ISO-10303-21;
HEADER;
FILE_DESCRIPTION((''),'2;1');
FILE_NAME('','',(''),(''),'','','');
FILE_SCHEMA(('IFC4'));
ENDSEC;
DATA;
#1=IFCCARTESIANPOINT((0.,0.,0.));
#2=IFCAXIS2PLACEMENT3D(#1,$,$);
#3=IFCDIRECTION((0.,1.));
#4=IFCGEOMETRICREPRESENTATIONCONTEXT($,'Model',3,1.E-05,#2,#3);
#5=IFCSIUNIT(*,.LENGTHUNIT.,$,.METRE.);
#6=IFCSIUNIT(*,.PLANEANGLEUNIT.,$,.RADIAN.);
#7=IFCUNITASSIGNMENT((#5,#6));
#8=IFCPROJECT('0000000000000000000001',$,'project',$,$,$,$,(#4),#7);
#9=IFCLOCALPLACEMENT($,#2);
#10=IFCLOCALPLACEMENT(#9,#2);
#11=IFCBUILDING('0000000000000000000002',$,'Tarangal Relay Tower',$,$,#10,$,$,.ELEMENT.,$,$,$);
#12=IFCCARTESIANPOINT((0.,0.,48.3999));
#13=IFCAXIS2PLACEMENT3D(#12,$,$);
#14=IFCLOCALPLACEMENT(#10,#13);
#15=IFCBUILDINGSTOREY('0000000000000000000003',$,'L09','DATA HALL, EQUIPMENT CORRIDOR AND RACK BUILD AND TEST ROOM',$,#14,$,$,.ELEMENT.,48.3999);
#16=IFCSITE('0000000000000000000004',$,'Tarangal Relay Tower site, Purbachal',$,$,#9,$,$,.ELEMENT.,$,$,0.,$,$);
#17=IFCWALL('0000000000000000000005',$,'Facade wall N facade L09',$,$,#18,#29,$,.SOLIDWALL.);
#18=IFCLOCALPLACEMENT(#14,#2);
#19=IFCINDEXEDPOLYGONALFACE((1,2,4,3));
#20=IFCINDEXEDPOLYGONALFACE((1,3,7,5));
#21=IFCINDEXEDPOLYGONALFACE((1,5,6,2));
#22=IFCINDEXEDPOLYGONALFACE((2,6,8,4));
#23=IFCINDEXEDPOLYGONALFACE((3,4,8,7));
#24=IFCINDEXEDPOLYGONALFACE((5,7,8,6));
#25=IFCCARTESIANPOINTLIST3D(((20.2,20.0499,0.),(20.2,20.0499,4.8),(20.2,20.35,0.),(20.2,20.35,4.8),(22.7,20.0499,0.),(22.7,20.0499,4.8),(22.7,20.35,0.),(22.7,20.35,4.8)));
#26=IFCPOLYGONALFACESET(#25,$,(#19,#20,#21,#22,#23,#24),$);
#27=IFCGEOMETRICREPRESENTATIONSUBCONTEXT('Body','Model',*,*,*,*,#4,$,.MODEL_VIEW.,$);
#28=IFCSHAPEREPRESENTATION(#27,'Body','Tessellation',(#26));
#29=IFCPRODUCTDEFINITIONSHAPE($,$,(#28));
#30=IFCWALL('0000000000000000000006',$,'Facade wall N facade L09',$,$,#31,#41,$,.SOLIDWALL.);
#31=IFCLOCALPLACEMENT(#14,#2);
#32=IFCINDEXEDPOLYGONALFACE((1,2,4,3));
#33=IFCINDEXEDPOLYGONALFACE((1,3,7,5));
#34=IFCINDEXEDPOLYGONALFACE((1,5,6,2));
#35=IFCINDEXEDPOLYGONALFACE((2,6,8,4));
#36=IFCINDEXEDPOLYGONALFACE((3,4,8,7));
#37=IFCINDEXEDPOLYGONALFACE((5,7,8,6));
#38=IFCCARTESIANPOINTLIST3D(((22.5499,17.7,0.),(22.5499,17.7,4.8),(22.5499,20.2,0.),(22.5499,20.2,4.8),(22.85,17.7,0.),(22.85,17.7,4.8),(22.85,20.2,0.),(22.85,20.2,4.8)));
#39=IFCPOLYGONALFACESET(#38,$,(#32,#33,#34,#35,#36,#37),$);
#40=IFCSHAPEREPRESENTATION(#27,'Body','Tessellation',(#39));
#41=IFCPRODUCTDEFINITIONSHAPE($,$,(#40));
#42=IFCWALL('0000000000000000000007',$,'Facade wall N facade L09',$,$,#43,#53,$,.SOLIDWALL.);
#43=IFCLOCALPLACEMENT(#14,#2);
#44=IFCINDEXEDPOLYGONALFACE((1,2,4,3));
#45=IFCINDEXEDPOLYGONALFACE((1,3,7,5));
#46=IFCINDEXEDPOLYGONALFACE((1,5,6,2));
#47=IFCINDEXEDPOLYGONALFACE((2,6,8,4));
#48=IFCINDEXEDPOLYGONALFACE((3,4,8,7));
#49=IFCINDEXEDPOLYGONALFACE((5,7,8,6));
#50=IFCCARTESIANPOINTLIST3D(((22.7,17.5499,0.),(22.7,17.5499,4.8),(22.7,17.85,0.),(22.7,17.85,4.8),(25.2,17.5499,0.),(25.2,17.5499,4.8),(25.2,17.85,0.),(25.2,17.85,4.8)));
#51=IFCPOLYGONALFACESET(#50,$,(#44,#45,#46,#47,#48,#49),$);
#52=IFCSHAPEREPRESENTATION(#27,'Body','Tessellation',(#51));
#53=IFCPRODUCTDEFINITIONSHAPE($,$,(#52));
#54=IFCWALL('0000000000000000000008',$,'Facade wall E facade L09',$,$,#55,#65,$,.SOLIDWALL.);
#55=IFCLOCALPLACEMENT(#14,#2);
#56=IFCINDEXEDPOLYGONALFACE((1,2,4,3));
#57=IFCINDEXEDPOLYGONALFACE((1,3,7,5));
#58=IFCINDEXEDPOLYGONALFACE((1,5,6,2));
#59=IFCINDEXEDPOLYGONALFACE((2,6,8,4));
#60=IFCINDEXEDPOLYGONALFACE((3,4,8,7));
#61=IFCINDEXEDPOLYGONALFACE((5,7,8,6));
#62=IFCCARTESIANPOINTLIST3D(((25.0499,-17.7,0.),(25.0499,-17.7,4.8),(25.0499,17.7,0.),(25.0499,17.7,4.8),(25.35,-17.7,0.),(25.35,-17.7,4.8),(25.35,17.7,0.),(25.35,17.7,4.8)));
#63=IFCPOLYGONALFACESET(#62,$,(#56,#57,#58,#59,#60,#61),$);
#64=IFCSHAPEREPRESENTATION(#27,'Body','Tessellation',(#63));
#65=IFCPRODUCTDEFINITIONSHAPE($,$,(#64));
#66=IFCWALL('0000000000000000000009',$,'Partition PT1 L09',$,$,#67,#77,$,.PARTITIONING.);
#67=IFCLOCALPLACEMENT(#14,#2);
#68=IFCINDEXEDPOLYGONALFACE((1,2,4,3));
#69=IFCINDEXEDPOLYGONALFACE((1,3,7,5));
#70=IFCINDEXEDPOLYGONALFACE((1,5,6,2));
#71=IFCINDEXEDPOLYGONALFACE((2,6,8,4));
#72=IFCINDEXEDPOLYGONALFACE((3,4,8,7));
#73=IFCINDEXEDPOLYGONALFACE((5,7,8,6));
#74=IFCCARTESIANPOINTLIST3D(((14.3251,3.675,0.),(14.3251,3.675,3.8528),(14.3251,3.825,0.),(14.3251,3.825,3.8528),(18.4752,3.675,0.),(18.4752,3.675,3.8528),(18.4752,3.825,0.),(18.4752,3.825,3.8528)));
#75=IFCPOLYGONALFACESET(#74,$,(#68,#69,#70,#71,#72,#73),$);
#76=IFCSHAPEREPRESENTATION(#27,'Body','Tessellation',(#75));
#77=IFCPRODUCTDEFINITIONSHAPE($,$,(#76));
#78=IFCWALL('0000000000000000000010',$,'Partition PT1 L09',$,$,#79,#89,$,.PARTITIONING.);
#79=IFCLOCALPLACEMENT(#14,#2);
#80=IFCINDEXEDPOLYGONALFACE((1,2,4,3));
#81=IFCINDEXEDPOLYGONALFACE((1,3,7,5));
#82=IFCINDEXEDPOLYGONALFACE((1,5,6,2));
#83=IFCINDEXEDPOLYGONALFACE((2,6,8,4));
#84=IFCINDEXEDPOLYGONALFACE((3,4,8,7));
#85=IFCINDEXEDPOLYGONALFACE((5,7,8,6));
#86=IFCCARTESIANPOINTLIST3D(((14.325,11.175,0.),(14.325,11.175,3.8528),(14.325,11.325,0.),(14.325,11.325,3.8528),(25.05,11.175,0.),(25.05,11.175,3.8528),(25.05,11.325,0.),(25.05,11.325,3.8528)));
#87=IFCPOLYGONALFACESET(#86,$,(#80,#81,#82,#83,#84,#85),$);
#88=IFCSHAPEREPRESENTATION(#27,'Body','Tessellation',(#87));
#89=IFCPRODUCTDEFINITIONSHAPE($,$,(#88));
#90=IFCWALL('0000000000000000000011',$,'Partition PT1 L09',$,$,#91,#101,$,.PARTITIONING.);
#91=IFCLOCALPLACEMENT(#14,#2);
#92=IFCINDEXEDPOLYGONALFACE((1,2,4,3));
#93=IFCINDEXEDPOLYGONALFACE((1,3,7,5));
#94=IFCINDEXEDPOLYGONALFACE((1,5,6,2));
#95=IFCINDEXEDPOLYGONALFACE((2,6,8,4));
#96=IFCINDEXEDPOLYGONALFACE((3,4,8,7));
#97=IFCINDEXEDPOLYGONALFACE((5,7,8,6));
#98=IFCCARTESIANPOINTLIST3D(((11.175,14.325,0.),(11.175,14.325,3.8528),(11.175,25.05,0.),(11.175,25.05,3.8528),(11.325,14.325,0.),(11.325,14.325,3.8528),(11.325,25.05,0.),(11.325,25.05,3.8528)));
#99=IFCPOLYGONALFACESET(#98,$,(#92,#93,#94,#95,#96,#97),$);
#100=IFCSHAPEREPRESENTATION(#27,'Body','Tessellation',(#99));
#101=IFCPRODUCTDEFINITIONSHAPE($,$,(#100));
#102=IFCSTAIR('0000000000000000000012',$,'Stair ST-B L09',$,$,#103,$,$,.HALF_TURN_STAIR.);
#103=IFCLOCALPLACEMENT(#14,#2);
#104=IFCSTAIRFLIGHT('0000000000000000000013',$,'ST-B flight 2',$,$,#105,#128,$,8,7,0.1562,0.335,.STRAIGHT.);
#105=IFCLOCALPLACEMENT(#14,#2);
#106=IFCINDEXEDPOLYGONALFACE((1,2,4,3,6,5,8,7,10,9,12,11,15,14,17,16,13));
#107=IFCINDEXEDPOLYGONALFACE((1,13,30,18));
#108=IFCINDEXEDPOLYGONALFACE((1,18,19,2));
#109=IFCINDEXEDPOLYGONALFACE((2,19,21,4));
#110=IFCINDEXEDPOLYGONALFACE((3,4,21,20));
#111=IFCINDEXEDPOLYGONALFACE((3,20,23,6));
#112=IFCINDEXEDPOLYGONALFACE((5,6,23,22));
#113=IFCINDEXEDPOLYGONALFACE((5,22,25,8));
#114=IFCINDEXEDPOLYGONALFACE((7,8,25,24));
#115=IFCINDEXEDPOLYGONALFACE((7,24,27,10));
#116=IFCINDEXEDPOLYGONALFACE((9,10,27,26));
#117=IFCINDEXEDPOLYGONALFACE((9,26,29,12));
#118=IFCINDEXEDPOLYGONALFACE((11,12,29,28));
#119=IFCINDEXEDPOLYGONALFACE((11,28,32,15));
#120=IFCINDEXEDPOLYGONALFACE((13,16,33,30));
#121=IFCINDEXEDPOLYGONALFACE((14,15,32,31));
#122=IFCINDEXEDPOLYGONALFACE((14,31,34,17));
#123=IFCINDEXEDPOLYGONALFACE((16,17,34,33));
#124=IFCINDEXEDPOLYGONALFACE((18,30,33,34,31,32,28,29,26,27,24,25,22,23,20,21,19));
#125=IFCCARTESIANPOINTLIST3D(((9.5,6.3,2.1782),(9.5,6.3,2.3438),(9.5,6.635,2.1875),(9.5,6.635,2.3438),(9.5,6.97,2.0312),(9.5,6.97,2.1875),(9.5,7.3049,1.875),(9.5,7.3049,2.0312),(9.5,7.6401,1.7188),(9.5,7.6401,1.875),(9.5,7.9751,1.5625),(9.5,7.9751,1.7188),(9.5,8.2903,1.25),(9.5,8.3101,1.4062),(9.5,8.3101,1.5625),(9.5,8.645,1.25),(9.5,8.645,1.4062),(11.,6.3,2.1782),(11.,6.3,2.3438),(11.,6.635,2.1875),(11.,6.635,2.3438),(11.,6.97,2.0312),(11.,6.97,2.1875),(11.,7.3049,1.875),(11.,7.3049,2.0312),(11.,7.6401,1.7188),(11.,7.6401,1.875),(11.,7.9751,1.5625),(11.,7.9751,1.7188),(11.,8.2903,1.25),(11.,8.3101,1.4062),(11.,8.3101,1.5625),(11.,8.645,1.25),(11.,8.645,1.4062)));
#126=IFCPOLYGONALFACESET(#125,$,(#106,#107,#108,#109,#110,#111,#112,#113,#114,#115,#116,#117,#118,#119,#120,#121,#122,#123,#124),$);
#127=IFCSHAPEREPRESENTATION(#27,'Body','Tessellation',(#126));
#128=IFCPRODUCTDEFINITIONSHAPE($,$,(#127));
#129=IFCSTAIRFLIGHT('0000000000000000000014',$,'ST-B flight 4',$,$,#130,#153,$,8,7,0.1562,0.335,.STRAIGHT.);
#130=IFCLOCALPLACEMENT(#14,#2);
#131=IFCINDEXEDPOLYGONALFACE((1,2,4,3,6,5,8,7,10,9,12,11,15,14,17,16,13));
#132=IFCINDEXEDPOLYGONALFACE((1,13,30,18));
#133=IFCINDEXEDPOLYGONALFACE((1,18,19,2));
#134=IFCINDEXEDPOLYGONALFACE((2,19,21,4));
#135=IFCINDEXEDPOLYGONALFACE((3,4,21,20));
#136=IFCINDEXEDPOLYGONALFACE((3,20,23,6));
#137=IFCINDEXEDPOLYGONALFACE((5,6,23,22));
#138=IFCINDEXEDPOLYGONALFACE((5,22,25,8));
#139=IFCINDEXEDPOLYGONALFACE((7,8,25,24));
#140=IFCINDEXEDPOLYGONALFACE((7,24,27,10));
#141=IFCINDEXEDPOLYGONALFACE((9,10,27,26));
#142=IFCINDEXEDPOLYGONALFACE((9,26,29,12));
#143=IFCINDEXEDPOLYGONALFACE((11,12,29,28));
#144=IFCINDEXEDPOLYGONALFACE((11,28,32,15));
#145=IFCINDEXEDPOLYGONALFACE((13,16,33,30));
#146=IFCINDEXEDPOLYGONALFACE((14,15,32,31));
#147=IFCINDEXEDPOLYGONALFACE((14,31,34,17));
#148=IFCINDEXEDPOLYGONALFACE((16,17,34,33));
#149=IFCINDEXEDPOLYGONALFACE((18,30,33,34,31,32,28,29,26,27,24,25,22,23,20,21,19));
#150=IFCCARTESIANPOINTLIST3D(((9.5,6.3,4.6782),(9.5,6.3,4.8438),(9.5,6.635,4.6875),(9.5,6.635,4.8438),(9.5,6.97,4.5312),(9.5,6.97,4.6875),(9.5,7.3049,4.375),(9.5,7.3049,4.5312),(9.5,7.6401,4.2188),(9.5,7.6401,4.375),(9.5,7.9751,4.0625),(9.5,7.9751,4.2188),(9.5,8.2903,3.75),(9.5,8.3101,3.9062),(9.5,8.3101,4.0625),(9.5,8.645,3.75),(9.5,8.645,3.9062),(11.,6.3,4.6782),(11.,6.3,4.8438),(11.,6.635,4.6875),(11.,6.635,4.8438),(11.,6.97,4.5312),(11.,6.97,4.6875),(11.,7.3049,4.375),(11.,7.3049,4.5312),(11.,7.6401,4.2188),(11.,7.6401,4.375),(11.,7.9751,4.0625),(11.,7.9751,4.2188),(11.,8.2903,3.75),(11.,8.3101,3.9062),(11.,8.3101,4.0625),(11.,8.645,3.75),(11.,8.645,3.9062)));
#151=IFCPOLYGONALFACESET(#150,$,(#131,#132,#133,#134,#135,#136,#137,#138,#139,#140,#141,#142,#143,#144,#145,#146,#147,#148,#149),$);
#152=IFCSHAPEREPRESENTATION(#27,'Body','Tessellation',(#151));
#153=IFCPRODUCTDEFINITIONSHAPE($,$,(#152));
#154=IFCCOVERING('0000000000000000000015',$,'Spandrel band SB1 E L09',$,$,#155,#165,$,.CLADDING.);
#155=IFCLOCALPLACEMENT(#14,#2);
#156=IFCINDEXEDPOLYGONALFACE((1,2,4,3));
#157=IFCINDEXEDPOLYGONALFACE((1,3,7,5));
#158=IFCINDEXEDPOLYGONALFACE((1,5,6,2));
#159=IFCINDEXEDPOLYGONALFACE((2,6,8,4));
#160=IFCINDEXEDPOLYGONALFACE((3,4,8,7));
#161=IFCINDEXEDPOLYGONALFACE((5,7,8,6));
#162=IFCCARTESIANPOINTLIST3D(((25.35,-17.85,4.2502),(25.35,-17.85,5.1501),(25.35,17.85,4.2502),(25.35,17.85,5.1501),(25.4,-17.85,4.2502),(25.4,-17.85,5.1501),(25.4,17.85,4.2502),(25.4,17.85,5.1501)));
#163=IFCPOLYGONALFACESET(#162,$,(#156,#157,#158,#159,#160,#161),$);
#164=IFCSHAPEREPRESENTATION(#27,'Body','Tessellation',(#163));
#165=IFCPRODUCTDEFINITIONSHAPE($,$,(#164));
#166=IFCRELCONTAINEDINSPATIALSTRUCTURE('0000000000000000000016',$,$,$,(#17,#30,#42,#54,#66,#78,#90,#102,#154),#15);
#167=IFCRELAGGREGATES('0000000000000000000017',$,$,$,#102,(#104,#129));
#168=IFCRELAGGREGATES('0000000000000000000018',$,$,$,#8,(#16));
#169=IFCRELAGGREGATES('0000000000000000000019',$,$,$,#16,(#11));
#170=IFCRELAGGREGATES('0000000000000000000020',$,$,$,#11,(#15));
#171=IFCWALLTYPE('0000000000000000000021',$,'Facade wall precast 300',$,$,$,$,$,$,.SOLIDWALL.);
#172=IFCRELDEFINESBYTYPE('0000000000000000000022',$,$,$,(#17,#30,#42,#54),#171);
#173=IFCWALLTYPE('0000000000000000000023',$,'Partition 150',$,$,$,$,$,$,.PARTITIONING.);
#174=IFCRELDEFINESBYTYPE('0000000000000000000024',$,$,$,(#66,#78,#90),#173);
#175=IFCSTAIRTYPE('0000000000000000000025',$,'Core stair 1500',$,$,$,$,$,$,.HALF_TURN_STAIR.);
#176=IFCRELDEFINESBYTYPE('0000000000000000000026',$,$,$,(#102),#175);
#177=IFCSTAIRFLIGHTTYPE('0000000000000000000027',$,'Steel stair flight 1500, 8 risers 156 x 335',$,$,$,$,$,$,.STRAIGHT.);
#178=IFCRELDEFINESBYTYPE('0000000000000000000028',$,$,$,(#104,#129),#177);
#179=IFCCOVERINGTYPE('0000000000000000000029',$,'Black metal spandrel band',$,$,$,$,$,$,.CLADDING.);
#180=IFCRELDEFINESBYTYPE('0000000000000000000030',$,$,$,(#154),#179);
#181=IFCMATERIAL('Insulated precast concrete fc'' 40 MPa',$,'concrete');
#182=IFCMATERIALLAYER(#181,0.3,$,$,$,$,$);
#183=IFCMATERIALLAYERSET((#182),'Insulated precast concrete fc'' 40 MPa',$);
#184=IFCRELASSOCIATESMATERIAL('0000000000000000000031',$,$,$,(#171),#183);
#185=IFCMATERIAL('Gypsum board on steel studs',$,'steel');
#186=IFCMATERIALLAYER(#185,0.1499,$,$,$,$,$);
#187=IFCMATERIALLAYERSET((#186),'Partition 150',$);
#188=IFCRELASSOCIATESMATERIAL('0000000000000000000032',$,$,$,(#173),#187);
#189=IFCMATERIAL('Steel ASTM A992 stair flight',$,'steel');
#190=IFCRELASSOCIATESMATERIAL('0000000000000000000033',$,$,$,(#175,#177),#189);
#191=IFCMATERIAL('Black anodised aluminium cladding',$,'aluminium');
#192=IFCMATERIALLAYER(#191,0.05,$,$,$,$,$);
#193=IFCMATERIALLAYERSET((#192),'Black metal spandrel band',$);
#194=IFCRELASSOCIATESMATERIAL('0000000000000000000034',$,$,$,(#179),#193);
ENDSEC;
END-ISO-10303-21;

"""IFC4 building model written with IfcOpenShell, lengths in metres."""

from ifc_helpers import new_model, si_unit, direction, frame, frame_2d, origin, origin_2d, place, context, subcontext, project, spatial, polyline, rectangle, outline, extrude, material, layer, layer_set, type_object, element, aggregate, save


model = new_model("IFC4")

# Units and contexts
model_context = context("Model", 3, precision=1e-05, world=origin(), true_north=direction((0.0, 1.0)))
body_context = subcontext(model_context, "Body", "Model", "MODEL_VIEW")
ifc_project = project(units=[si_unit("LENGTHUNIT", "METRE"), si_unit("PLANEANGLEUNIT", "RADIAN")], contexts=[model_context])

# Site, building, storey
site_placement = place(None, origin())
site = spatial("IfcSite", under=ifc_project, at=site_placement, Name="Tarangal Relay Tower site, Purbachal", CompositionType="ELEMENT", RefElevation=0.0)
building_placement = place(site_placement, origin())
building = spatial("IfcBuilding", under=site, at=building_placement, Name="Tarangal Relay Tower", CompositionType="ELEMENT")
storey_placement = place(building_placement, frame((0.0, 0.0, 48.3999)))
storey = spatial("IfcBuildingStorey", under=building, at=storey_placement, Name="L09", Description="DATA HALL, EQUIPMENT CORRIDOR AND RACK BUILD AND TEST ROOM", CompositionType="ELEMENT", Elevation=48.3999)

# Shared definitions
ifc_material_1 = material(Name="Insulated precast concrete fc' 40 MPa", Category="concrete")
ifc_layer_1 = layer(ifc_material_1, 0.3)
ifc_layer_set_1 = layer_set([ifc_layer_1], Name="Insulated precast concrete fc' 40 MPa")
wall_type_1 = type_object("IfcWallType", Name="Facade wall precast 300", PredefinedType="SOLIDWALL", material=ifc_layer_set_1)

# Walls
for number, where, z_axis, x_axis, name in (
    (1, (20.2, 20.2, 0.0), (0.0, 0.0, 1.0), (1.0, 0.0, 0.0), "Facade wall N facade L09"),
    (2, (22.7, 20.2, 0.0), (0.0, 0.0, 1.0), (0.0, -1.0, 0.0), "Facade wall N facade L09"),
    (3, (22.7, 17.7, 0.0), (0.0, 0.0, 1.0), (1.0, 0.0, 0.0), "Facade wall N facade L09"),
):
    element("IfcWall", number, at=place(storey_placement, frame(where, z_axis=z_axis, x_axis=x_axis)), inside=storey, type_object=wall_type_1, Name=name, PredefinedType="SOLIDWALL", context=body_context, shape_type="SweptSolid", body=[
        extrude(rectangle(XDim=2.5, YDim=0.3, at=frame_2d((1.25, 0.0))), origin(), (0.0, 0.0, 1.0), 4.8),
    ])
wall_1_placement = place(storey_placement, frame((25.2, 17.7, 0.0), z_axis=(0.0, 0.0, 1.0), x_axis=(0.0, -1.0, 0.0)))
element("IfcWall", 4, at=wall_1_placement, inside=storey, type_object=wall_type_1, Name="Facade wall E facade L09", PredefinedType="SOLIDWALL", context=body_context, shape_type="SweptSolid", body=[
    extrude(rectangle(XDim=35.3999, YDim=0.3, at=frame_2d((17.7, 0.0))), origin(), (0.0, 0.0, 1.0), 4.8),
])
ifc_material_2 = material(Name="Gypsum board on steel studs", Category="steel")
ifc_layer_2 = layer(ifc_material_2, 0.1499)
ifc_layer_set_2 = layer_set([ifc_layer_2], Name="Partition 150")
wall_type_2 = type_object("IfcWallType", Name="Partition 150", PredefinedType="PARTITIONING", material=ifc_layer_set_2)
wall_2_placement = place(storey_placement, frame((14.325, 3.75, 0.0), z_axis=(0.0, 0.0, 1.0), x_axis=(1.0, 0.0, 0.0)))
element("IfcWall", 5, at=wall_2_placement, inside=storey, type_object=wall_type_2, Name="Partition PT1 L09", PredefinedType="PARTITIONING", context=body_context, shape_type="SweptSolid", body=[
    extrude(rectangle(XDim=4.1501, YDim=0.1499, at=frame_2d((2.0752, 0.0))), origin(), (0.0, 0.0, 1.0), 3.8528),
])
for number, where, z_axis, x_axis, name in (
    (6, (14.325, 11.25, 0.0), (0.0, 0.0, 1.0), (1.0, 0.0, 0.0), "Partition PT1 L09"),
    (7, (11.25, 14.325, 0.0), (0.0, 0.0, 1.0), (0.0, 1.0, 0.0), "Partition PT1 L09"),
):
    element("IfcWall", number, at=place(storey_placement, frame(where, z_axis=z_axis, x_axis=x_axis)), inside=storey, type_object=wall_type_2, Name=name, PredefinedType="PARTITIONING", context=body_context, shape_type="SweptSolid", body=[
        extrude(rectangle(XDim=10.7251, YDim=0.1499, at=frame_2d((5.3625, 0.0))), origin(), (0.0, 0.0, 1.0), 3.8528),
    ])

# Stair, stair flights
ifc_material_3 = material(Name="Steel ASTM A992 stair flight", Category="steel")
stair_type = type_object("IfcStairType", Name="Core stair 1500", PredefinedType="HALF_TURN_STAIR", material=ifc_material_3)
stair_placement = place(storey_placement, origin())
stair = element("IfcStair", 8, at=stair_placement, inside=storey, type_object=stair_type, Name="Stair ST-B L09", PredefinedType="HALF_TURN_STAIR")
stair_flight_type = type_object("IfcStairFlightType", Name="Steel stair flight 1500, 8 risers 156 x 335", PredefinedType="STRAIGHT", material=ifc_material_3)
stair_flight_1_placement = place(storey_placement, frame((10.25, 8.645, 1.25), z_axis=(0.0, 0.0, 1.0), x_axis=(0.0, -1.0, 0.0)))
stair_flight_1 = element("IfcStairFlight", 9, at=stair_flight_1_placement, type_object=stair_flight_type, Name="ST-B flight 2", NumberOfRisers=8, NumberOfTreads=7, PredefinedType="STRAIGHT", RiserHeight=0.1562, TreadLength=0.335, context=body_context, shape_type="SweptSolid", body=[
    extrude(outline(polyline([(0.0, 0.0), (0.0, 0.1562), (0.335, 0.1562), (0.335, 0.3125), (0.6699, 0.3125), (0.6699, 0.4688), (1.0049, 0.4688), (1.0049, 0.625), (1.3401, 0.625), (1.3401, 0.7812), (1.675, 0.7812), (1.675, 0.9375), (2.01, 0.9375), (2.01, 1.0938), (2.345, 1.0938), (2.345, 1.25), (2.345, 0.9282), (0.3547, 0.0), (0.0, 0.0)])), frame((0.0, 0.75, 0.0), z_axis=(0.0, -1.0, 0.0), x_axis=(1.0, 0.0, 0.0)), (0.0, 0.0, 1.0), 1.5),
])
stair_flight_2_placement = place(storey_placement, frame((10.25, 8.645, 3.75), z_axis=(0.0, 0.0, 1.0), x_axis=(0.0, -1.0, 0.0)))
stair_flight_2 = element("IfcStairFlight", 10, at=stair_flight_2_placement, type_object=stair_flight_type, Name="ST-B flight 4", NumberOfRisers=8, NumberOfTreads=7, PredefinedType="STRAIGHT", RiserHeight=0.1562, TreadLength=0.335, context=body_context, shape_type="SweptSolid", body=[
    extrude(outline(polyline([(0.0, 0.0), (0.0, 0.1562), (0.335, 0.1562), (0.335, 0.3125), (0.6699, 0.3125), (0.6699, 0.4688), (1.0049, 0.4688), (1.0049, 0.625), (1.3401, 0.625), (1.3401, 0.7812), (1.675, 0.7812), (1.675, 0.9375), (2.01, 0.9375), (2.01, 1.0938), (2.345, 1.0938), (2.345, 1.25), (2.345, 0.9282), (0.3547, 0.0), (0.0, 0.0)])), frame((0.0, 0.75, 0.0), z_axis=(0.0, -1.0, 0.0), x_axis=(1.0, 0.0, 0.0)), (0.0, 0.0, 1.0), 1.5),
])
aggregate(stair, [stair_flight_1, stair_flight_2])

# Covering
ifc_material_4 = material(Name="Black anodised aluminium cladding", Category="aluminium")
ifc_layer_3 = layer(ifc_material_4, 0.05)
ifc_layer_set_3 = layer_set([ifc_layer_3], Name="Black metal spandrel band")
covering_type = type_object("IfcCoveringType", Name="Black metal spandrel band", PredefinedType="CLADDING", material=ifc_layer_set_3)
covering_placement = place(storey_placement, frame((25.375, 0.0, 4.2502), z_axis=(0.0, 0.0, 1.0), x_axis=(0.0, -1.0, 0.0)))
element("IfcCovering", 11, at=covering_placement, inside=storey, type_object=covering_type, Name="Spandrel band SB1 E L09", PredefinedType="CLADDING", context=body_context, shape_type="SweptSolid", body=[
    extrude(rectangle(XDim=35.7, YDim=0.05, at=origin_2d()), origin(), (0.0, 0.0, 1.0), 0.8999),
])

save(model, "model.ifc")
